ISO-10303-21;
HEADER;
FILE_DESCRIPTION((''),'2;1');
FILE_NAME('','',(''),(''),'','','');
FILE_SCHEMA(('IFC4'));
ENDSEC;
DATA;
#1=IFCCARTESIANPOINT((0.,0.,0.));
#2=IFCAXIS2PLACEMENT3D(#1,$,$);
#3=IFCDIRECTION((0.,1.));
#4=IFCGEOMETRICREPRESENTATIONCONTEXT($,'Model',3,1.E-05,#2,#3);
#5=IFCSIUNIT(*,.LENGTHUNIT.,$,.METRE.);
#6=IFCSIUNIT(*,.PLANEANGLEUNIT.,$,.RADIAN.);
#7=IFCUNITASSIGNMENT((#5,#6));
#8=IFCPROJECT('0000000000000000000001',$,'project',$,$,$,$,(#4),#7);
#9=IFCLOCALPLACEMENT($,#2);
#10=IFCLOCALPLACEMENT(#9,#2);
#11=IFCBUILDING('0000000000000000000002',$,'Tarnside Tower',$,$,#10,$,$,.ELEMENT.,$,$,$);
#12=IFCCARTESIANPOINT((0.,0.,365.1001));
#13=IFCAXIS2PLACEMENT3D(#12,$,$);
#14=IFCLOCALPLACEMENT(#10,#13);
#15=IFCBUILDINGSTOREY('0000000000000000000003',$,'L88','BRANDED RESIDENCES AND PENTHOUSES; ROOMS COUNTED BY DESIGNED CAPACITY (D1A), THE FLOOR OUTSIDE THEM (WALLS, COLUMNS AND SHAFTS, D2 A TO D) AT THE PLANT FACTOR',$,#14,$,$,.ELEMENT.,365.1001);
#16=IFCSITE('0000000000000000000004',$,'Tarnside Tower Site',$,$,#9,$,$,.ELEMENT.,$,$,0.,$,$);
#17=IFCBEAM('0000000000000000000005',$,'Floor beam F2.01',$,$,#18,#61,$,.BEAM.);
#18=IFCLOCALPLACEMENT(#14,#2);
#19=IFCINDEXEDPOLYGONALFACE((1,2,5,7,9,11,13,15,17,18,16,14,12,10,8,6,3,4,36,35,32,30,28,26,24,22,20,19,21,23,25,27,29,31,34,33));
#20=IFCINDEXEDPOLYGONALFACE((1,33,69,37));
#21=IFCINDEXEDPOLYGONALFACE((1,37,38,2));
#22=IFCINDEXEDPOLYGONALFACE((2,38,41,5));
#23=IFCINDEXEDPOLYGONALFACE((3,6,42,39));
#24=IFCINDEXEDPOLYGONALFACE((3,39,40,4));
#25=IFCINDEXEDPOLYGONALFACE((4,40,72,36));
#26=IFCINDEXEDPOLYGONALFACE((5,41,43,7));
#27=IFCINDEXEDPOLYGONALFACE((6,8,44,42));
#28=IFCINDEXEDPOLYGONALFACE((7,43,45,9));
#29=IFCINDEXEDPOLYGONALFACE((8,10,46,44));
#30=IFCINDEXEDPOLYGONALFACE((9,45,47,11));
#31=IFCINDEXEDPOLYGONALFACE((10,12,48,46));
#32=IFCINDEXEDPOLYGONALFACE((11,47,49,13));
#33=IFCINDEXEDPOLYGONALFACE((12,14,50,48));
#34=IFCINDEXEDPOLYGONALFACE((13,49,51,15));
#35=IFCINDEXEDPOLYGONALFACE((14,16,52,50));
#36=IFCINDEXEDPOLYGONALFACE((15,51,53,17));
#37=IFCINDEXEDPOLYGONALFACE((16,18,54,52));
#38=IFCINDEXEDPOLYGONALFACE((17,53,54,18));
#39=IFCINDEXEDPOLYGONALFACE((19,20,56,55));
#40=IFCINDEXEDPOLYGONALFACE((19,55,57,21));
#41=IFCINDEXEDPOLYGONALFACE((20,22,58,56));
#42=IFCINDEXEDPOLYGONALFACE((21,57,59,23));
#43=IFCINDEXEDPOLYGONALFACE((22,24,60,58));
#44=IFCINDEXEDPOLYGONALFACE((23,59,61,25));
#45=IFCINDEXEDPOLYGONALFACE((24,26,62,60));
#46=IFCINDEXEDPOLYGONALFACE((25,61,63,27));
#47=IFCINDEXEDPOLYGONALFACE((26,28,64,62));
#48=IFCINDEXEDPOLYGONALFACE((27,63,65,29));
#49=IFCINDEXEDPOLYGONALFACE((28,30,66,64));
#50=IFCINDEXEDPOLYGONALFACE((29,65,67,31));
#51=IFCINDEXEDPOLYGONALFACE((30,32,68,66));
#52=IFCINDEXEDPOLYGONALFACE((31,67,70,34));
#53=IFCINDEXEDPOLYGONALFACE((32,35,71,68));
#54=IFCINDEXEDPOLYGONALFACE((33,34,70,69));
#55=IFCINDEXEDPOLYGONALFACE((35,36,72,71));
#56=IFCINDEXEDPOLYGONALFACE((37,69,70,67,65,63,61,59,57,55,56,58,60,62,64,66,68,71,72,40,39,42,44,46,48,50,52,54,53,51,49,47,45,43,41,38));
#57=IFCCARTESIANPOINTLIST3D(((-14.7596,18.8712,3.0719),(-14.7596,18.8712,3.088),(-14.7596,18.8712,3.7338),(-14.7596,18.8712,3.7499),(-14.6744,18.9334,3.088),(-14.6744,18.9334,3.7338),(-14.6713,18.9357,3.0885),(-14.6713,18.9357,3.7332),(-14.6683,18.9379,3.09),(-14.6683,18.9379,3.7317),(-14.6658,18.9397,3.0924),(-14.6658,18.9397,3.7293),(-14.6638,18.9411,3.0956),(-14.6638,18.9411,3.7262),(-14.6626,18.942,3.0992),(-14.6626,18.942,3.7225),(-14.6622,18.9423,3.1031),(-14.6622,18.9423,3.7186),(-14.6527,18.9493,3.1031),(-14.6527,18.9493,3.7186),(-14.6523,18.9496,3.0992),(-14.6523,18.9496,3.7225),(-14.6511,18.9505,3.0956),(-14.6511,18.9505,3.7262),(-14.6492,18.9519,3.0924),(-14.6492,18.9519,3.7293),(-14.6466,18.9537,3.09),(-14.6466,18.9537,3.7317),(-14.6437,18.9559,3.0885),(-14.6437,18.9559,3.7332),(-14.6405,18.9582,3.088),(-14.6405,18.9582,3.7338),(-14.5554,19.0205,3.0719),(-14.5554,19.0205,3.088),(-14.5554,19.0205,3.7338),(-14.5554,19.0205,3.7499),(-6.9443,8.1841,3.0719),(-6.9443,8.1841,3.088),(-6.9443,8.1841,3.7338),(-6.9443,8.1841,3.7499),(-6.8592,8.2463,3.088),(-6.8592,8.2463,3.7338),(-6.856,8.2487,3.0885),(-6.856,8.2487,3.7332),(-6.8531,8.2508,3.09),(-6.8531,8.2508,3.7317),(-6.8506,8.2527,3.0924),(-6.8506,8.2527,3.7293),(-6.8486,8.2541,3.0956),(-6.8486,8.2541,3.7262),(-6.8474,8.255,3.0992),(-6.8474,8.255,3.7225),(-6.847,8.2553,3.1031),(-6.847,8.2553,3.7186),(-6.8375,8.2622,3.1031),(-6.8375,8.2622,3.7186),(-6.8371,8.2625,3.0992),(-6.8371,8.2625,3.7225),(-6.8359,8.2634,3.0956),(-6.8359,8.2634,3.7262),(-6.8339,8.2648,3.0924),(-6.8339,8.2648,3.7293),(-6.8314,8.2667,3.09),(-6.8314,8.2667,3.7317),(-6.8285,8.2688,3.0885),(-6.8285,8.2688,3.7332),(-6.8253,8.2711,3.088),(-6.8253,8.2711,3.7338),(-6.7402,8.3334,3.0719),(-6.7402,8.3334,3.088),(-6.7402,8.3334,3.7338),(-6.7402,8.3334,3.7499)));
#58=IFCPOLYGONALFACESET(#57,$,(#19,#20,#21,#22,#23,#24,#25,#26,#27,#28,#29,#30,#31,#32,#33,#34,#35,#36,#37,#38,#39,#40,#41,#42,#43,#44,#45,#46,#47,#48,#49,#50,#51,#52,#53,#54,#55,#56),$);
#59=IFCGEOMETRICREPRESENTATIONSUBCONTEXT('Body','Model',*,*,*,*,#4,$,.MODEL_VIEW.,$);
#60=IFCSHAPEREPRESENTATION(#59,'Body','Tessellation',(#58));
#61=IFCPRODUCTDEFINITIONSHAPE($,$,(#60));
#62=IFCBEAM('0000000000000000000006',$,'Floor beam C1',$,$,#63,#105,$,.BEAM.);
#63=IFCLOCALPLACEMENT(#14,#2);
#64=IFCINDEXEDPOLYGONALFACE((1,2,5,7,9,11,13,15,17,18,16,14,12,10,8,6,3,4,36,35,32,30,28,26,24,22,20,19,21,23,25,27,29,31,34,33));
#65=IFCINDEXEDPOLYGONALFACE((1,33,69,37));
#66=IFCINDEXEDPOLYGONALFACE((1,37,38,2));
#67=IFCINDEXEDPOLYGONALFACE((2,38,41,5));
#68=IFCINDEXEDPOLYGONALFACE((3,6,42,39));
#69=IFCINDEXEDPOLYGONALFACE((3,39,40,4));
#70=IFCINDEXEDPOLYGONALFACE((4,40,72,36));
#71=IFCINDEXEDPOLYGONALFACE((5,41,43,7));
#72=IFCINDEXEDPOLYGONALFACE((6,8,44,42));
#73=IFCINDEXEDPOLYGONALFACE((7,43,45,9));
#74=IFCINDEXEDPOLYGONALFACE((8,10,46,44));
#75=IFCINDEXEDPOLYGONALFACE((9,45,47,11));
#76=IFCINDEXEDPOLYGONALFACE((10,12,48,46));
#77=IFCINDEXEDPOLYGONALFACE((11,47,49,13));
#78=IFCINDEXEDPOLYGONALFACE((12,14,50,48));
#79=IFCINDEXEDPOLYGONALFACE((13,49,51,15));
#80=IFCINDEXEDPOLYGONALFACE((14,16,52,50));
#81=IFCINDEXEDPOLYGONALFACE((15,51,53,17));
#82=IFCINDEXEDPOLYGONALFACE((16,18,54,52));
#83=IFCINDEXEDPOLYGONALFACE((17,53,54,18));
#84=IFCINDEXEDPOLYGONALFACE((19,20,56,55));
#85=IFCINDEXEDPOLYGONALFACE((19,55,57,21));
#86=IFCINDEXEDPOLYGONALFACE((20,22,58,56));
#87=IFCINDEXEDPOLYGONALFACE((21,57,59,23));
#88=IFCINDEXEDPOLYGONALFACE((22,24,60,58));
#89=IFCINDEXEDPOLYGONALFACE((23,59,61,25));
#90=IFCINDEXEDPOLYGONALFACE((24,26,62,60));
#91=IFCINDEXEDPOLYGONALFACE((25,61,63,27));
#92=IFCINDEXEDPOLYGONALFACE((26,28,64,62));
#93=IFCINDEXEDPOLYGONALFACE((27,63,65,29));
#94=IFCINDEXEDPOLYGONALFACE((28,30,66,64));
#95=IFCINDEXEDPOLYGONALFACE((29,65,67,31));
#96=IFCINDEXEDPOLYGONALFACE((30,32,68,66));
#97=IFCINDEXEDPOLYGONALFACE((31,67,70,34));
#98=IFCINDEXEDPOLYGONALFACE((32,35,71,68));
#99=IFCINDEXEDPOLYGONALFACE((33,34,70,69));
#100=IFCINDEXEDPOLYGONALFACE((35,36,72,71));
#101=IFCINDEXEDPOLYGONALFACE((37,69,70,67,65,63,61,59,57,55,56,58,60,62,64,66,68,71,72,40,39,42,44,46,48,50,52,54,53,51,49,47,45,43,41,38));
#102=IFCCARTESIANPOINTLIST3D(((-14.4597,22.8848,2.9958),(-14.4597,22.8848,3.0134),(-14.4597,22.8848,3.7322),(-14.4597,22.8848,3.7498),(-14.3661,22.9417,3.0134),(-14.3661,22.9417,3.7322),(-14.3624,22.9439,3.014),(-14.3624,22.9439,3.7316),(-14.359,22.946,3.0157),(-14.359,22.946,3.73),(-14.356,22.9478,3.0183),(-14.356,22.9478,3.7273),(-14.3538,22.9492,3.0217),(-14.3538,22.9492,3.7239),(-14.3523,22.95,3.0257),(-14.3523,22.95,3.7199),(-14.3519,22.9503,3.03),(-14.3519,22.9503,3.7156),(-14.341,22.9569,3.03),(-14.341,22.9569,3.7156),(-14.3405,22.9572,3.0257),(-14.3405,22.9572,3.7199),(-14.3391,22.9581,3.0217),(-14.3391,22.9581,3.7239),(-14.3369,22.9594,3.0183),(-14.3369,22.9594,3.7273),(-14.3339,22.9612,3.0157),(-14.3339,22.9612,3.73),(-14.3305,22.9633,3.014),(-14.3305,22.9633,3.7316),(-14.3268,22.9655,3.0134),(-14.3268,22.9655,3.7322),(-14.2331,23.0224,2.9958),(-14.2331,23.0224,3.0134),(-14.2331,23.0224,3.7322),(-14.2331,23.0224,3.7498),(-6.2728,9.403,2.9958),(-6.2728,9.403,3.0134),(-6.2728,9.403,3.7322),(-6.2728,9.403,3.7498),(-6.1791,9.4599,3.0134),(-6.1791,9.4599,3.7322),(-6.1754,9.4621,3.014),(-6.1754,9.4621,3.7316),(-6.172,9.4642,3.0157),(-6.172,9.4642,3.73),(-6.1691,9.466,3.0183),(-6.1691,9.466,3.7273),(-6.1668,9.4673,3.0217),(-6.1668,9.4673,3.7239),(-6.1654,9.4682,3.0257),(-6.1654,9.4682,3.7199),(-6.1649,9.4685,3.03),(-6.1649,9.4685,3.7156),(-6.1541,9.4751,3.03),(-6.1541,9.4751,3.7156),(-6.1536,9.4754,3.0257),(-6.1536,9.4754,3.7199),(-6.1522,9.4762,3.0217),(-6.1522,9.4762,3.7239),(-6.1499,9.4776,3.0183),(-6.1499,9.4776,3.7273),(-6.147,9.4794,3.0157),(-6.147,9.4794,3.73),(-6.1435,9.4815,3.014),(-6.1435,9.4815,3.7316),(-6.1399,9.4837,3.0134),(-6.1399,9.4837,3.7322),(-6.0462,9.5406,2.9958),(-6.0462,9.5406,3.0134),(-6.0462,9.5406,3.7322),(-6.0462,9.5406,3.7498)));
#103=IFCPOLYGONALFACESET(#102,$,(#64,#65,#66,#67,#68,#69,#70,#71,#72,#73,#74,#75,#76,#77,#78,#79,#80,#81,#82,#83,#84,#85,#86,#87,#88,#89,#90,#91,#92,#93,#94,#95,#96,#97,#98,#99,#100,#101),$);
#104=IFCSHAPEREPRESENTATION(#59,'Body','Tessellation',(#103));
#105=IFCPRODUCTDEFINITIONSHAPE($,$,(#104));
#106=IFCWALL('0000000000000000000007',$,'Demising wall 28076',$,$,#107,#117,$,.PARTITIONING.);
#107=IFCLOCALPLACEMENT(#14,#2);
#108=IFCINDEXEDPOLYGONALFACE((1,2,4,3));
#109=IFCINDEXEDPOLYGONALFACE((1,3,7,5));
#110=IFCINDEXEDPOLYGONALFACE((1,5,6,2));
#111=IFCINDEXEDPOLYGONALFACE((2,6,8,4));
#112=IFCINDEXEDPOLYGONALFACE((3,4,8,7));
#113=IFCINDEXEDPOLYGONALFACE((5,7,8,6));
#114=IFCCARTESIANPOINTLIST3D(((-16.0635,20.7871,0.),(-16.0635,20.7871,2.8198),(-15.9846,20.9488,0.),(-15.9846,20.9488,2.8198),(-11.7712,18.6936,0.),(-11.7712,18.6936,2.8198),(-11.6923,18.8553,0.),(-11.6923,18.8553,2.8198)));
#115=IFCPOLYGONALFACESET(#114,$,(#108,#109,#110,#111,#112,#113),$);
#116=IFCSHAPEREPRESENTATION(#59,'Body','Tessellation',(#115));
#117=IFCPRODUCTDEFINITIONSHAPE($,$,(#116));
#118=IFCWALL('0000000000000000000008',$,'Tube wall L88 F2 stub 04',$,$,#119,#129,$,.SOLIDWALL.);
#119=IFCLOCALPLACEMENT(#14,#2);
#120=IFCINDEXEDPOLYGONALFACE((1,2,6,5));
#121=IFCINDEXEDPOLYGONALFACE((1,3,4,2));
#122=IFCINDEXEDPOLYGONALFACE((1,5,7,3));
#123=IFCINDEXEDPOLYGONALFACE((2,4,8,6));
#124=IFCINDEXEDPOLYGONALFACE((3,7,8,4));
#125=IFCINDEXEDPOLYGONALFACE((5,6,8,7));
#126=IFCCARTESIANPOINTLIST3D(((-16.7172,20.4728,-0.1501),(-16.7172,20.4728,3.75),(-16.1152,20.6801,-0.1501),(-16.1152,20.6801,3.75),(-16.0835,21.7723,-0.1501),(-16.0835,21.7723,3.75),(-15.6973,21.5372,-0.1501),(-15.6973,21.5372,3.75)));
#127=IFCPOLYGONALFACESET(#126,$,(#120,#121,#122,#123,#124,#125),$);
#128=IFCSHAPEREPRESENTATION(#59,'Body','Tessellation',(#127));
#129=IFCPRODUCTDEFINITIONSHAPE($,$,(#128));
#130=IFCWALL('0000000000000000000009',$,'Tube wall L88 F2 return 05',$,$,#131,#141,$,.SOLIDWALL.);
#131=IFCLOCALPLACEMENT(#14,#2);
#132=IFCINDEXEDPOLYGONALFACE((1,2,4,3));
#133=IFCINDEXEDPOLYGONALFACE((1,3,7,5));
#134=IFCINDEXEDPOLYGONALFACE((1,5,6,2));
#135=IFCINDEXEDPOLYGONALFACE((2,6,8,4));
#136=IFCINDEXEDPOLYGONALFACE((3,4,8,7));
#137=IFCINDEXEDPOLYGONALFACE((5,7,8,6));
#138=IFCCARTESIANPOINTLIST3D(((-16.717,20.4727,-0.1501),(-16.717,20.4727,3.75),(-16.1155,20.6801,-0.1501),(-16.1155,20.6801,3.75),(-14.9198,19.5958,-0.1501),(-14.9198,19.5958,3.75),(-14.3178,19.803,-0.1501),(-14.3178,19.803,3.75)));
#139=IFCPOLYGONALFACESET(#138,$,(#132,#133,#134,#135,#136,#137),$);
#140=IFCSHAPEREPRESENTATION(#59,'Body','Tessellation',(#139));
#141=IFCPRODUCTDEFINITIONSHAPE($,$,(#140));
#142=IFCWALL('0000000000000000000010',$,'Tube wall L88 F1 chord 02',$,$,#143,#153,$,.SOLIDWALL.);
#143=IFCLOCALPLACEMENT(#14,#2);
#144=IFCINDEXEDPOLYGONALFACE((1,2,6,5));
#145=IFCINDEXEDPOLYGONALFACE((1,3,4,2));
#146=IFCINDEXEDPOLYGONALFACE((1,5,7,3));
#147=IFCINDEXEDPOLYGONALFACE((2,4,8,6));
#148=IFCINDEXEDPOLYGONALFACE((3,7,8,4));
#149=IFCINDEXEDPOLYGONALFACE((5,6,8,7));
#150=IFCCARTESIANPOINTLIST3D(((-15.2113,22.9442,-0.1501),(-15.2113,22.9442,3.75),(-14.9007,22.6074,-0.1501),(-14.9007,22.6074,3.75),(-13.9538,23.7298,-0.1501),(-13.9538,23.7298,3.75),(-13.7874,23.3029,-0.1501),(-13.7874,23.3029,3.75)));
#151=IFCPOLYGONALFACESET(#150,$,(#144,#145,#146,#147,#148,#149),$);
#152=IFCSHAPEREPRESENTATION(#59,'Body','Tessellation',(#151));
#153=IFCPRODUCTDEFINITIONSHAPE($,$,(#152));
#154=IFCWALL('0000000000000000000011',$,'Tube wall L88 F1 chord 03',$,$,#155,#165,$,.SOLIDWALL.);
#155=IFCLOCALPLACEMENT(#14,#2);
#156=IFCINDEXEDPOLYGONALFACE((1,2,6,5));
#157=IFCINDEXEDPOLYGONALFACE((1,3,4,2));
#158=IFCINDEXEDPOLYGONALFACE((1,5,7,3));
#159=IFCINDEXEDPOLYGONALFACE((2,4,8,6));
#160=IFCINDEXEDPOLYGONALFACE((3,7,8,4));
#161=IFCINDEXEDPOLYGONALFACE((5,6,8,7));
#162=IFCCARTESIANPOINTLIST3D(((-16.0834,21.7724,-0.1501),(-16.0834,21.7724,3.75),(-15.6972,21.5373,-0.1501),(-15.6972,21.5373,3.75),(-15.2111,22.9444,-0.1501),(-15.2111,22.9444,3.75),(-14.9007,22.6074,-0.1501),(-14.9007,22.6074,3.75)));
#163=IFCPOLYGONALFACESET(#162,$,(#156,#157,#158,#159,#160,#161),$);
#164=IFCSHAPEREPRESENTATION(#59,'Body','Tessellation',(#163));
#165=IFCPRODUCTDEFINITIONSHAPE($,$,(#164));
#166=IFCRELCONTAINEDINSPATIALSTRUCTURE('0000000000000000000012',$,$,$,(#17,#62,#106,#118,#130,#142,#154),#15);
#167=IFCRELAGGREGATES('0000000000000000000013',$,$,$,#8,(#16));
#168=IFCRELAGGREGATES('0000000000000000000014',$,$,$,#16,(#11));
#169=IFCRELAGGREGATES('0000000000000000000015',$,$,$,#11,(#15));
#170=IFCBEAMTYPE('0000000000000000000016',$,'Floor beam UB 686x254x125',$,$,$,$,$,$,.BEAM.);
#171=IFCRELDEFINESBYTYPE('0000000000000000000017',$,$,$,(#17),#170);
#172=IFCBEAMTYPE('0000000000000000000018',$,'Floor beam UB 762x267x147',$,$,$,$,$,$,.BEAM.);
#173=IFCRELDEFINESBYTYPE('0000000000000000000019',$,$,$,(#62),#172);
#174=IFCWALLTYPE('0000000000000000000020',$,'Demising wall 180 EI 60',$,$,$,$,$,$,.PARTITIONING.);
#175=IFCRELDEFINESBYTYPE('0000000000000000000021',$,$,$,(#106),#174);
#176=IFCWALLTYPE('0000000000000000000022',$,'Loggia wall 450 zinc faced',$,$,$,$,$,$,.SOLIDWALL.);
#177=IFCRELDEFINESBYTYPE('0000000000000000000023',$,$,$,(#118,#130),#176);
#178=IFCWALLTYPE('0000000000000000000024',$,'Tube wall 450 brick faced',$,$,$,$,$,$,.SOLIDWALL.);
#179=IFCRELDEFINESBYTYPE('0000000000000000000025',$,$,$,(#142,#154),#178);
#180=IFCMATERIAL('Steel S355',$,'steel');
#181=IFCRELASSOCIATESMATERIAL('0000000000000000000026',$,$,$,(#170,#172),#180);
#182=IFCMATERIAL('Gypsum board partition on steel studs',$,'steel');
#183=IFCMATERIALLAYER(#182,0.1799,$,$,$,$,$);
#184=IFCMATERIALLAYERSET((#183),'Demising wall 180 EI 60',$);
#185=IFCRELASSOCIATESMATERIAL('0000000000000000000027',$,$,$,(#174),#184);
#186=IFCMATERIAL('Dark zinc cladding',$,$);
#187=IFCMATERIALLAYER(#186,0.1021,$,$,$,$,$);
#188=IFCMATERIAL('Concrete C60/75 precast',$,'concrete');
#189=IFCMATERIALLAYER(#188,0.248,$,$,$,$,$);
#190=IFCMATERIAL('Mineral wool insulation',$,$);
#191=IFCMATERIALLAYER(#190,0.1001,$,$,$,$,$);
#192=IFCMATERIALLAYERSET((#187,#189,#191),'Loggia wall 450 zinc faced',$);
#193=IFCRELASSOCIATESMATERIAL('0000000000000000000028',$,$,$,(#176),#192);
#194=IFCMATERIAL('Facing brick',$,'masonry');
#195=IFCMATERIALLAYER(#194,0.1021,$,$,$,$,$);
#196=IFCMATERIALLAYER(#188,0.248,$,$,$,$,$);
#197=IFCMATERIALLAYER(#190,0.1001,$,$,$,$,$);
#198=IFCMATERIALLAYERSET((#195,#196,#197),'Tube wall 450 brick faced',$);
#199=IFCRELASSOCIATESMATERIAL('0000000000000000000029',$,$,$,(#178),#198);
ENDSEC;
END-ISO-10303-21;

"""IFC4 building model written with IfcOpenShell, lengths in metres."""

from ifc_helpers import new_model, si_unit, direction, frame, frame_2d, origin, origin_2d, place, context, subcontext, project, spatial, polyline, rectangle, i_section, outline, extrude, material, layer, layer_set, material_profile, profile_set, type_object, element, save


model = new_model("IFC4")

# Units and contexts
model_context = context("Model", 3, precision=1e-05, world=origin(), true_north=direction((0.0, 1.0)))
body_context = subcontext(model_context, "Body", "Model", "MODEL_VIEW")
ifc_project = project(units=[si_unit("LENGTHUNIT", "METRE"), si_unit("PLANEANGLEUNIT", "RADIAN")], contexts=[model_context])

# Site, building, storey
site_placement = place(None, origin())
site = spatial("IfcSite", under=ifc_project, at=site_placement, Name="Tarnside Tower Site", CompositionType="ELEMENT", RefElevation=0.0)
building_placement = place(site_placement, origin())
building = spatial("IfcBuilding", under=site, at=building_placement, Name="Tarnside Tower", CompositionType="ELEMENT")
storey_placement = place(building_placement, frame((0.0, 0.0, 365.1001)))
storey = spatial("IfcBuildingStorey", under=building, at=storey_placement, Name="L88", Description="BRANDED RESIDENCES AND PENTHOUSES; ROOMS COUNTED BY DESIGNED CAPACITY (D1A), THE FLOOR OUTSIDE THEM (WALLS, COLUMNS AND SHAFTS, D2 A TO D) AT THE PLANT FACTOR", CompositionType="ELEMENT", Elevation=365.1001)

# Beams
ifc_material_1 = material(Name="Steel S355", Category="steel")
ifc_material_profile_1 = material_profile(ifc_material_1, i_section(OverallWidth=0.2529, OverallDepth=0.678, WebThickness=0.0117, FlangeThickness=0.0161, FilletRadius=0.0151, at=origin_2d()), Name="UB 686x254x125")
ifc_profile_set_1 = profile_set([ifc_material_profile_1], Name="Steel S355")
beam_type_1 = type_object("IfcBeamType", Name="Floor beam UB 686x254x125", PredefinedType="BEAM", material=ifc_profile_set_1)
beam_1_placement = place(storey_placement, frame((-14.6575, 18.9458, 3.4109), z_axis=(0.590285, -0.807195, 0.0), x_axis=(0.807195, 0.590285, 0.0)))
element("IfcBeam", 1, at=beam_1_placement, inside=storey, type_object=beam_type_1, Name="Floor beam F2.01", PredefinedType="BEAM", context=body_context, shape_type="SweptSolid", body=[
    extrude(i_section(OverallWidth=0.2529, OverallDepth=0.678, WebThickness=0.0117, FlangeThickness=0.0161, FilletRadius=0.0151, at=origin_2d()), origin(), (0.0, 0.0, 1.0), 13.2397),
])
ifc_material_profile_2 = material_profile(ifc_material_1, i_section(OverallWidth=0.2651, OverallDepth=0.7539, WebThickness=0.0127, FlangeThickness=0.0176, FilletRadius=0.0166, at=origin_2d()), Name="UB 762x267x147")
ifc_profile_set_2 = profile_set([ifc_material_profile_2], Name="Steel S355")
beam_type_2 = type_object("IfcBeamType", Name="Floor beam UB 762x267x147", PredefinedType="BEAM", material=ifc_profile_set_2)
beam_2_placement = place(storey_placement, frame((-14.3464, 22.9536, 3.3728), z_axis=(0.51905, -0.854744, 0.0), x_axis=(0.854744, 0.51905, 0.0)))
element("IfcBeam", 2, at=beam_2_placement, inside=storey, type_object=beam_type_2, Name="Floor beam C1", PredefinedType="BEAM", context=body_context, shape_type="SweptSolid", body=[
    extrude(i_section(OverallWidth=0.2651, OverallDepth=0.7539, WebThickness=0.0127, FlangeThickness=0.0176, FilletRadius=0.0166, at=origin_2d()), origin(), (0.0, 0.0, 1.0), 15.7729),
])

# Walls
ifc_material_2 = material(Name="Gypsum board partition on steel studs", Category="steel")
ifc_layer_1 = layer(ifc_material_2, 0.1799)
ifc_layer_set_1 = layer_set([ifc_layer_1], Name="Demising wall 180 EI 60")
wall_type_1 = type_object("IfcWallType", Name="Demising wall 180 EI 60", PredefinedType="PARTITIONING", material=ifc_layer_set_1)
wall_1_placement = place(storey_placement, frame((-16.0239, 20.8679, 0.0), z_axis=(0.0, 0.0, 1.0), x_axis=(0.898791, -0.438378, 0.0)))
element("IfcWall", 3, at=wall_1_placement, inside=storey, type_object=wall_type_1, Name="Demising wall 28076", PredefinedType="PARTITIONING", context=body_context, shape_type="SweptSolid", body=[
    extrude(rectangle(XDim=4.7756, YDim=0.1799, at=frame_2d((2.3877, 0.0))), origin(), (0.0, 0.0, 1.0), 2.8198),
])
ifc_material_3 = material(Name="Dark zinc cladding")
ifc_layer_2 = layer(ifc_material_3, 0.1021)
ifc_material_4 = material(Name="Concrete C60/75 precast", Category="concrete")
ifc_layer_3 = layer(ifc_material_4, 0.248)
ifc_material_5 = material(Name="Mineral wool insulation")
ifc_layer_4 = layer(ifc_material_5, 0.1001)
ifc_layer_set_2 = layer_set([ifc_layer_2, ifc_layer_3, ifc_layer_4], Name="Loggia wall 450 zinc faced")
wall_type_2 = type_object("IfcWallType", Name="Loggia wall 450 zinc faced", PredefinedType="SOLIDWALL", material=ifc_layer_set_2)
wall_2_placement = place(storey_placement, frame((-15.8904, 21.6548, -0.1501), z_axis=(0.0, 0.0, 1.0), x_axis=(-0.438319, -0.898819, 0.0)))
element("IfcWall", 4, at=wall_2_placement, inside=storey, type_object=wall_type_2, Name="Tube wall L88 F2 stub 04", PredefinedType="SOLIDWALL", context=body_context, shape_type="SweptSolid", body=[
    extrude(outline(polyline([(-0.021, -0.2251), (1.4248, -0.2251), (0.9746, 0.2251), (0.021, 0.2251), (-0.021, -0.2251)])), origin(), (0.0, 0.0, 1.0), 3.9001),
])
wall_3_placement = place(storey_placement, frame((-16.4163, 20.5764, -0.1501), z_axis=(0.0, 0.0, 1.0), x_axis=(0.898731, -0.438501, 0.0)))
element("IfcWall", 5, at=wall_3_placement, inside=storey, type_object=wall_type_2, Name="Tube wall L88 F2 return 05", PredefinedType="SOLIDWALL", context=body_context, shape_type="SweptSolid", body=[
    extrude(outline(polyline([(-0.2249, -0.2251), (1.7749, -0.2251), (2.2251, 0.2251), (0.2249, 0.2251), (-0.2249, -0.2251)])), origin(), (0.0, 0.0, 1.0), 3.9001),
])

# Walls
ifc_material_6 = material(Name="Facing brick", Category="masonry")
ifc_layer_5 = layer(ifc_material_6, 0.1021)
ifc_layer_6 = layer(ifc_material_4, 0.248)
ifc_layer_7 = layer(ifc_material_5, 0.1001)
ifc_layer_set_3 = layer_set([ifc_layer_5, ifc_layer_6, ifc_layer_7], Name="Tube wall 450 brick faced")
wall_type_3 = type_object("IfcWallType", Name="Tube wall 450 brick faced", PredefinedType="SOLIDWALL", material=ifc_layer_set_3)
wall_4_placement = place(storey_placement, frame((-13.8706, 23.5164, -0.1501), z_axis=(0.0, 0.0, 1.0), x_axis=(-0.848106, -0.529826, 0.0)))
element("IfcWall", 6, at=wall_4_placement, inside=storey, type_object=wall_type_3, Name="Tube wall L88 F1 chord 02", PredefinedType="SOLIDWALL", context=body_context, shape_type="SweptSolid", body=[
    extrude(outline(polyline([(-0.0425, -0.2251), (1.4402, -0.2251), (1.3552, 0.2251), (0.0425, 0.2251), (-0.0425, -0.2251)])), origin(), (0.0, 0.0, 1.0), 3.9001),
])
wall_5_placement = place(storey_placement, frame((-15.0559, 22.7759, -0.1501), z_axis=(0.0, 0.0, 1.0), x_axis=(-0.597089, -0.802175, 0.0)))
element("IfcWall", 7, at=wall_5_placement, inside=storey, type_object=wall_type_3, Name="Tube wall L88 F1 chord 03", PredefinedType="SOLIDWALL", context=body_context, shape_type="SweptSolid", body=[
    extrude(outline(polyline([(-0.0425, -0.2251), (1.4185, -0.2251), (1.3765, 0.2251), (0.0425, 0.2251), (-0.0425, -0.2251)])), origin(), (0.0, 0.0, 1.0), 3.9001),
])

save(model, "model.ifc")
